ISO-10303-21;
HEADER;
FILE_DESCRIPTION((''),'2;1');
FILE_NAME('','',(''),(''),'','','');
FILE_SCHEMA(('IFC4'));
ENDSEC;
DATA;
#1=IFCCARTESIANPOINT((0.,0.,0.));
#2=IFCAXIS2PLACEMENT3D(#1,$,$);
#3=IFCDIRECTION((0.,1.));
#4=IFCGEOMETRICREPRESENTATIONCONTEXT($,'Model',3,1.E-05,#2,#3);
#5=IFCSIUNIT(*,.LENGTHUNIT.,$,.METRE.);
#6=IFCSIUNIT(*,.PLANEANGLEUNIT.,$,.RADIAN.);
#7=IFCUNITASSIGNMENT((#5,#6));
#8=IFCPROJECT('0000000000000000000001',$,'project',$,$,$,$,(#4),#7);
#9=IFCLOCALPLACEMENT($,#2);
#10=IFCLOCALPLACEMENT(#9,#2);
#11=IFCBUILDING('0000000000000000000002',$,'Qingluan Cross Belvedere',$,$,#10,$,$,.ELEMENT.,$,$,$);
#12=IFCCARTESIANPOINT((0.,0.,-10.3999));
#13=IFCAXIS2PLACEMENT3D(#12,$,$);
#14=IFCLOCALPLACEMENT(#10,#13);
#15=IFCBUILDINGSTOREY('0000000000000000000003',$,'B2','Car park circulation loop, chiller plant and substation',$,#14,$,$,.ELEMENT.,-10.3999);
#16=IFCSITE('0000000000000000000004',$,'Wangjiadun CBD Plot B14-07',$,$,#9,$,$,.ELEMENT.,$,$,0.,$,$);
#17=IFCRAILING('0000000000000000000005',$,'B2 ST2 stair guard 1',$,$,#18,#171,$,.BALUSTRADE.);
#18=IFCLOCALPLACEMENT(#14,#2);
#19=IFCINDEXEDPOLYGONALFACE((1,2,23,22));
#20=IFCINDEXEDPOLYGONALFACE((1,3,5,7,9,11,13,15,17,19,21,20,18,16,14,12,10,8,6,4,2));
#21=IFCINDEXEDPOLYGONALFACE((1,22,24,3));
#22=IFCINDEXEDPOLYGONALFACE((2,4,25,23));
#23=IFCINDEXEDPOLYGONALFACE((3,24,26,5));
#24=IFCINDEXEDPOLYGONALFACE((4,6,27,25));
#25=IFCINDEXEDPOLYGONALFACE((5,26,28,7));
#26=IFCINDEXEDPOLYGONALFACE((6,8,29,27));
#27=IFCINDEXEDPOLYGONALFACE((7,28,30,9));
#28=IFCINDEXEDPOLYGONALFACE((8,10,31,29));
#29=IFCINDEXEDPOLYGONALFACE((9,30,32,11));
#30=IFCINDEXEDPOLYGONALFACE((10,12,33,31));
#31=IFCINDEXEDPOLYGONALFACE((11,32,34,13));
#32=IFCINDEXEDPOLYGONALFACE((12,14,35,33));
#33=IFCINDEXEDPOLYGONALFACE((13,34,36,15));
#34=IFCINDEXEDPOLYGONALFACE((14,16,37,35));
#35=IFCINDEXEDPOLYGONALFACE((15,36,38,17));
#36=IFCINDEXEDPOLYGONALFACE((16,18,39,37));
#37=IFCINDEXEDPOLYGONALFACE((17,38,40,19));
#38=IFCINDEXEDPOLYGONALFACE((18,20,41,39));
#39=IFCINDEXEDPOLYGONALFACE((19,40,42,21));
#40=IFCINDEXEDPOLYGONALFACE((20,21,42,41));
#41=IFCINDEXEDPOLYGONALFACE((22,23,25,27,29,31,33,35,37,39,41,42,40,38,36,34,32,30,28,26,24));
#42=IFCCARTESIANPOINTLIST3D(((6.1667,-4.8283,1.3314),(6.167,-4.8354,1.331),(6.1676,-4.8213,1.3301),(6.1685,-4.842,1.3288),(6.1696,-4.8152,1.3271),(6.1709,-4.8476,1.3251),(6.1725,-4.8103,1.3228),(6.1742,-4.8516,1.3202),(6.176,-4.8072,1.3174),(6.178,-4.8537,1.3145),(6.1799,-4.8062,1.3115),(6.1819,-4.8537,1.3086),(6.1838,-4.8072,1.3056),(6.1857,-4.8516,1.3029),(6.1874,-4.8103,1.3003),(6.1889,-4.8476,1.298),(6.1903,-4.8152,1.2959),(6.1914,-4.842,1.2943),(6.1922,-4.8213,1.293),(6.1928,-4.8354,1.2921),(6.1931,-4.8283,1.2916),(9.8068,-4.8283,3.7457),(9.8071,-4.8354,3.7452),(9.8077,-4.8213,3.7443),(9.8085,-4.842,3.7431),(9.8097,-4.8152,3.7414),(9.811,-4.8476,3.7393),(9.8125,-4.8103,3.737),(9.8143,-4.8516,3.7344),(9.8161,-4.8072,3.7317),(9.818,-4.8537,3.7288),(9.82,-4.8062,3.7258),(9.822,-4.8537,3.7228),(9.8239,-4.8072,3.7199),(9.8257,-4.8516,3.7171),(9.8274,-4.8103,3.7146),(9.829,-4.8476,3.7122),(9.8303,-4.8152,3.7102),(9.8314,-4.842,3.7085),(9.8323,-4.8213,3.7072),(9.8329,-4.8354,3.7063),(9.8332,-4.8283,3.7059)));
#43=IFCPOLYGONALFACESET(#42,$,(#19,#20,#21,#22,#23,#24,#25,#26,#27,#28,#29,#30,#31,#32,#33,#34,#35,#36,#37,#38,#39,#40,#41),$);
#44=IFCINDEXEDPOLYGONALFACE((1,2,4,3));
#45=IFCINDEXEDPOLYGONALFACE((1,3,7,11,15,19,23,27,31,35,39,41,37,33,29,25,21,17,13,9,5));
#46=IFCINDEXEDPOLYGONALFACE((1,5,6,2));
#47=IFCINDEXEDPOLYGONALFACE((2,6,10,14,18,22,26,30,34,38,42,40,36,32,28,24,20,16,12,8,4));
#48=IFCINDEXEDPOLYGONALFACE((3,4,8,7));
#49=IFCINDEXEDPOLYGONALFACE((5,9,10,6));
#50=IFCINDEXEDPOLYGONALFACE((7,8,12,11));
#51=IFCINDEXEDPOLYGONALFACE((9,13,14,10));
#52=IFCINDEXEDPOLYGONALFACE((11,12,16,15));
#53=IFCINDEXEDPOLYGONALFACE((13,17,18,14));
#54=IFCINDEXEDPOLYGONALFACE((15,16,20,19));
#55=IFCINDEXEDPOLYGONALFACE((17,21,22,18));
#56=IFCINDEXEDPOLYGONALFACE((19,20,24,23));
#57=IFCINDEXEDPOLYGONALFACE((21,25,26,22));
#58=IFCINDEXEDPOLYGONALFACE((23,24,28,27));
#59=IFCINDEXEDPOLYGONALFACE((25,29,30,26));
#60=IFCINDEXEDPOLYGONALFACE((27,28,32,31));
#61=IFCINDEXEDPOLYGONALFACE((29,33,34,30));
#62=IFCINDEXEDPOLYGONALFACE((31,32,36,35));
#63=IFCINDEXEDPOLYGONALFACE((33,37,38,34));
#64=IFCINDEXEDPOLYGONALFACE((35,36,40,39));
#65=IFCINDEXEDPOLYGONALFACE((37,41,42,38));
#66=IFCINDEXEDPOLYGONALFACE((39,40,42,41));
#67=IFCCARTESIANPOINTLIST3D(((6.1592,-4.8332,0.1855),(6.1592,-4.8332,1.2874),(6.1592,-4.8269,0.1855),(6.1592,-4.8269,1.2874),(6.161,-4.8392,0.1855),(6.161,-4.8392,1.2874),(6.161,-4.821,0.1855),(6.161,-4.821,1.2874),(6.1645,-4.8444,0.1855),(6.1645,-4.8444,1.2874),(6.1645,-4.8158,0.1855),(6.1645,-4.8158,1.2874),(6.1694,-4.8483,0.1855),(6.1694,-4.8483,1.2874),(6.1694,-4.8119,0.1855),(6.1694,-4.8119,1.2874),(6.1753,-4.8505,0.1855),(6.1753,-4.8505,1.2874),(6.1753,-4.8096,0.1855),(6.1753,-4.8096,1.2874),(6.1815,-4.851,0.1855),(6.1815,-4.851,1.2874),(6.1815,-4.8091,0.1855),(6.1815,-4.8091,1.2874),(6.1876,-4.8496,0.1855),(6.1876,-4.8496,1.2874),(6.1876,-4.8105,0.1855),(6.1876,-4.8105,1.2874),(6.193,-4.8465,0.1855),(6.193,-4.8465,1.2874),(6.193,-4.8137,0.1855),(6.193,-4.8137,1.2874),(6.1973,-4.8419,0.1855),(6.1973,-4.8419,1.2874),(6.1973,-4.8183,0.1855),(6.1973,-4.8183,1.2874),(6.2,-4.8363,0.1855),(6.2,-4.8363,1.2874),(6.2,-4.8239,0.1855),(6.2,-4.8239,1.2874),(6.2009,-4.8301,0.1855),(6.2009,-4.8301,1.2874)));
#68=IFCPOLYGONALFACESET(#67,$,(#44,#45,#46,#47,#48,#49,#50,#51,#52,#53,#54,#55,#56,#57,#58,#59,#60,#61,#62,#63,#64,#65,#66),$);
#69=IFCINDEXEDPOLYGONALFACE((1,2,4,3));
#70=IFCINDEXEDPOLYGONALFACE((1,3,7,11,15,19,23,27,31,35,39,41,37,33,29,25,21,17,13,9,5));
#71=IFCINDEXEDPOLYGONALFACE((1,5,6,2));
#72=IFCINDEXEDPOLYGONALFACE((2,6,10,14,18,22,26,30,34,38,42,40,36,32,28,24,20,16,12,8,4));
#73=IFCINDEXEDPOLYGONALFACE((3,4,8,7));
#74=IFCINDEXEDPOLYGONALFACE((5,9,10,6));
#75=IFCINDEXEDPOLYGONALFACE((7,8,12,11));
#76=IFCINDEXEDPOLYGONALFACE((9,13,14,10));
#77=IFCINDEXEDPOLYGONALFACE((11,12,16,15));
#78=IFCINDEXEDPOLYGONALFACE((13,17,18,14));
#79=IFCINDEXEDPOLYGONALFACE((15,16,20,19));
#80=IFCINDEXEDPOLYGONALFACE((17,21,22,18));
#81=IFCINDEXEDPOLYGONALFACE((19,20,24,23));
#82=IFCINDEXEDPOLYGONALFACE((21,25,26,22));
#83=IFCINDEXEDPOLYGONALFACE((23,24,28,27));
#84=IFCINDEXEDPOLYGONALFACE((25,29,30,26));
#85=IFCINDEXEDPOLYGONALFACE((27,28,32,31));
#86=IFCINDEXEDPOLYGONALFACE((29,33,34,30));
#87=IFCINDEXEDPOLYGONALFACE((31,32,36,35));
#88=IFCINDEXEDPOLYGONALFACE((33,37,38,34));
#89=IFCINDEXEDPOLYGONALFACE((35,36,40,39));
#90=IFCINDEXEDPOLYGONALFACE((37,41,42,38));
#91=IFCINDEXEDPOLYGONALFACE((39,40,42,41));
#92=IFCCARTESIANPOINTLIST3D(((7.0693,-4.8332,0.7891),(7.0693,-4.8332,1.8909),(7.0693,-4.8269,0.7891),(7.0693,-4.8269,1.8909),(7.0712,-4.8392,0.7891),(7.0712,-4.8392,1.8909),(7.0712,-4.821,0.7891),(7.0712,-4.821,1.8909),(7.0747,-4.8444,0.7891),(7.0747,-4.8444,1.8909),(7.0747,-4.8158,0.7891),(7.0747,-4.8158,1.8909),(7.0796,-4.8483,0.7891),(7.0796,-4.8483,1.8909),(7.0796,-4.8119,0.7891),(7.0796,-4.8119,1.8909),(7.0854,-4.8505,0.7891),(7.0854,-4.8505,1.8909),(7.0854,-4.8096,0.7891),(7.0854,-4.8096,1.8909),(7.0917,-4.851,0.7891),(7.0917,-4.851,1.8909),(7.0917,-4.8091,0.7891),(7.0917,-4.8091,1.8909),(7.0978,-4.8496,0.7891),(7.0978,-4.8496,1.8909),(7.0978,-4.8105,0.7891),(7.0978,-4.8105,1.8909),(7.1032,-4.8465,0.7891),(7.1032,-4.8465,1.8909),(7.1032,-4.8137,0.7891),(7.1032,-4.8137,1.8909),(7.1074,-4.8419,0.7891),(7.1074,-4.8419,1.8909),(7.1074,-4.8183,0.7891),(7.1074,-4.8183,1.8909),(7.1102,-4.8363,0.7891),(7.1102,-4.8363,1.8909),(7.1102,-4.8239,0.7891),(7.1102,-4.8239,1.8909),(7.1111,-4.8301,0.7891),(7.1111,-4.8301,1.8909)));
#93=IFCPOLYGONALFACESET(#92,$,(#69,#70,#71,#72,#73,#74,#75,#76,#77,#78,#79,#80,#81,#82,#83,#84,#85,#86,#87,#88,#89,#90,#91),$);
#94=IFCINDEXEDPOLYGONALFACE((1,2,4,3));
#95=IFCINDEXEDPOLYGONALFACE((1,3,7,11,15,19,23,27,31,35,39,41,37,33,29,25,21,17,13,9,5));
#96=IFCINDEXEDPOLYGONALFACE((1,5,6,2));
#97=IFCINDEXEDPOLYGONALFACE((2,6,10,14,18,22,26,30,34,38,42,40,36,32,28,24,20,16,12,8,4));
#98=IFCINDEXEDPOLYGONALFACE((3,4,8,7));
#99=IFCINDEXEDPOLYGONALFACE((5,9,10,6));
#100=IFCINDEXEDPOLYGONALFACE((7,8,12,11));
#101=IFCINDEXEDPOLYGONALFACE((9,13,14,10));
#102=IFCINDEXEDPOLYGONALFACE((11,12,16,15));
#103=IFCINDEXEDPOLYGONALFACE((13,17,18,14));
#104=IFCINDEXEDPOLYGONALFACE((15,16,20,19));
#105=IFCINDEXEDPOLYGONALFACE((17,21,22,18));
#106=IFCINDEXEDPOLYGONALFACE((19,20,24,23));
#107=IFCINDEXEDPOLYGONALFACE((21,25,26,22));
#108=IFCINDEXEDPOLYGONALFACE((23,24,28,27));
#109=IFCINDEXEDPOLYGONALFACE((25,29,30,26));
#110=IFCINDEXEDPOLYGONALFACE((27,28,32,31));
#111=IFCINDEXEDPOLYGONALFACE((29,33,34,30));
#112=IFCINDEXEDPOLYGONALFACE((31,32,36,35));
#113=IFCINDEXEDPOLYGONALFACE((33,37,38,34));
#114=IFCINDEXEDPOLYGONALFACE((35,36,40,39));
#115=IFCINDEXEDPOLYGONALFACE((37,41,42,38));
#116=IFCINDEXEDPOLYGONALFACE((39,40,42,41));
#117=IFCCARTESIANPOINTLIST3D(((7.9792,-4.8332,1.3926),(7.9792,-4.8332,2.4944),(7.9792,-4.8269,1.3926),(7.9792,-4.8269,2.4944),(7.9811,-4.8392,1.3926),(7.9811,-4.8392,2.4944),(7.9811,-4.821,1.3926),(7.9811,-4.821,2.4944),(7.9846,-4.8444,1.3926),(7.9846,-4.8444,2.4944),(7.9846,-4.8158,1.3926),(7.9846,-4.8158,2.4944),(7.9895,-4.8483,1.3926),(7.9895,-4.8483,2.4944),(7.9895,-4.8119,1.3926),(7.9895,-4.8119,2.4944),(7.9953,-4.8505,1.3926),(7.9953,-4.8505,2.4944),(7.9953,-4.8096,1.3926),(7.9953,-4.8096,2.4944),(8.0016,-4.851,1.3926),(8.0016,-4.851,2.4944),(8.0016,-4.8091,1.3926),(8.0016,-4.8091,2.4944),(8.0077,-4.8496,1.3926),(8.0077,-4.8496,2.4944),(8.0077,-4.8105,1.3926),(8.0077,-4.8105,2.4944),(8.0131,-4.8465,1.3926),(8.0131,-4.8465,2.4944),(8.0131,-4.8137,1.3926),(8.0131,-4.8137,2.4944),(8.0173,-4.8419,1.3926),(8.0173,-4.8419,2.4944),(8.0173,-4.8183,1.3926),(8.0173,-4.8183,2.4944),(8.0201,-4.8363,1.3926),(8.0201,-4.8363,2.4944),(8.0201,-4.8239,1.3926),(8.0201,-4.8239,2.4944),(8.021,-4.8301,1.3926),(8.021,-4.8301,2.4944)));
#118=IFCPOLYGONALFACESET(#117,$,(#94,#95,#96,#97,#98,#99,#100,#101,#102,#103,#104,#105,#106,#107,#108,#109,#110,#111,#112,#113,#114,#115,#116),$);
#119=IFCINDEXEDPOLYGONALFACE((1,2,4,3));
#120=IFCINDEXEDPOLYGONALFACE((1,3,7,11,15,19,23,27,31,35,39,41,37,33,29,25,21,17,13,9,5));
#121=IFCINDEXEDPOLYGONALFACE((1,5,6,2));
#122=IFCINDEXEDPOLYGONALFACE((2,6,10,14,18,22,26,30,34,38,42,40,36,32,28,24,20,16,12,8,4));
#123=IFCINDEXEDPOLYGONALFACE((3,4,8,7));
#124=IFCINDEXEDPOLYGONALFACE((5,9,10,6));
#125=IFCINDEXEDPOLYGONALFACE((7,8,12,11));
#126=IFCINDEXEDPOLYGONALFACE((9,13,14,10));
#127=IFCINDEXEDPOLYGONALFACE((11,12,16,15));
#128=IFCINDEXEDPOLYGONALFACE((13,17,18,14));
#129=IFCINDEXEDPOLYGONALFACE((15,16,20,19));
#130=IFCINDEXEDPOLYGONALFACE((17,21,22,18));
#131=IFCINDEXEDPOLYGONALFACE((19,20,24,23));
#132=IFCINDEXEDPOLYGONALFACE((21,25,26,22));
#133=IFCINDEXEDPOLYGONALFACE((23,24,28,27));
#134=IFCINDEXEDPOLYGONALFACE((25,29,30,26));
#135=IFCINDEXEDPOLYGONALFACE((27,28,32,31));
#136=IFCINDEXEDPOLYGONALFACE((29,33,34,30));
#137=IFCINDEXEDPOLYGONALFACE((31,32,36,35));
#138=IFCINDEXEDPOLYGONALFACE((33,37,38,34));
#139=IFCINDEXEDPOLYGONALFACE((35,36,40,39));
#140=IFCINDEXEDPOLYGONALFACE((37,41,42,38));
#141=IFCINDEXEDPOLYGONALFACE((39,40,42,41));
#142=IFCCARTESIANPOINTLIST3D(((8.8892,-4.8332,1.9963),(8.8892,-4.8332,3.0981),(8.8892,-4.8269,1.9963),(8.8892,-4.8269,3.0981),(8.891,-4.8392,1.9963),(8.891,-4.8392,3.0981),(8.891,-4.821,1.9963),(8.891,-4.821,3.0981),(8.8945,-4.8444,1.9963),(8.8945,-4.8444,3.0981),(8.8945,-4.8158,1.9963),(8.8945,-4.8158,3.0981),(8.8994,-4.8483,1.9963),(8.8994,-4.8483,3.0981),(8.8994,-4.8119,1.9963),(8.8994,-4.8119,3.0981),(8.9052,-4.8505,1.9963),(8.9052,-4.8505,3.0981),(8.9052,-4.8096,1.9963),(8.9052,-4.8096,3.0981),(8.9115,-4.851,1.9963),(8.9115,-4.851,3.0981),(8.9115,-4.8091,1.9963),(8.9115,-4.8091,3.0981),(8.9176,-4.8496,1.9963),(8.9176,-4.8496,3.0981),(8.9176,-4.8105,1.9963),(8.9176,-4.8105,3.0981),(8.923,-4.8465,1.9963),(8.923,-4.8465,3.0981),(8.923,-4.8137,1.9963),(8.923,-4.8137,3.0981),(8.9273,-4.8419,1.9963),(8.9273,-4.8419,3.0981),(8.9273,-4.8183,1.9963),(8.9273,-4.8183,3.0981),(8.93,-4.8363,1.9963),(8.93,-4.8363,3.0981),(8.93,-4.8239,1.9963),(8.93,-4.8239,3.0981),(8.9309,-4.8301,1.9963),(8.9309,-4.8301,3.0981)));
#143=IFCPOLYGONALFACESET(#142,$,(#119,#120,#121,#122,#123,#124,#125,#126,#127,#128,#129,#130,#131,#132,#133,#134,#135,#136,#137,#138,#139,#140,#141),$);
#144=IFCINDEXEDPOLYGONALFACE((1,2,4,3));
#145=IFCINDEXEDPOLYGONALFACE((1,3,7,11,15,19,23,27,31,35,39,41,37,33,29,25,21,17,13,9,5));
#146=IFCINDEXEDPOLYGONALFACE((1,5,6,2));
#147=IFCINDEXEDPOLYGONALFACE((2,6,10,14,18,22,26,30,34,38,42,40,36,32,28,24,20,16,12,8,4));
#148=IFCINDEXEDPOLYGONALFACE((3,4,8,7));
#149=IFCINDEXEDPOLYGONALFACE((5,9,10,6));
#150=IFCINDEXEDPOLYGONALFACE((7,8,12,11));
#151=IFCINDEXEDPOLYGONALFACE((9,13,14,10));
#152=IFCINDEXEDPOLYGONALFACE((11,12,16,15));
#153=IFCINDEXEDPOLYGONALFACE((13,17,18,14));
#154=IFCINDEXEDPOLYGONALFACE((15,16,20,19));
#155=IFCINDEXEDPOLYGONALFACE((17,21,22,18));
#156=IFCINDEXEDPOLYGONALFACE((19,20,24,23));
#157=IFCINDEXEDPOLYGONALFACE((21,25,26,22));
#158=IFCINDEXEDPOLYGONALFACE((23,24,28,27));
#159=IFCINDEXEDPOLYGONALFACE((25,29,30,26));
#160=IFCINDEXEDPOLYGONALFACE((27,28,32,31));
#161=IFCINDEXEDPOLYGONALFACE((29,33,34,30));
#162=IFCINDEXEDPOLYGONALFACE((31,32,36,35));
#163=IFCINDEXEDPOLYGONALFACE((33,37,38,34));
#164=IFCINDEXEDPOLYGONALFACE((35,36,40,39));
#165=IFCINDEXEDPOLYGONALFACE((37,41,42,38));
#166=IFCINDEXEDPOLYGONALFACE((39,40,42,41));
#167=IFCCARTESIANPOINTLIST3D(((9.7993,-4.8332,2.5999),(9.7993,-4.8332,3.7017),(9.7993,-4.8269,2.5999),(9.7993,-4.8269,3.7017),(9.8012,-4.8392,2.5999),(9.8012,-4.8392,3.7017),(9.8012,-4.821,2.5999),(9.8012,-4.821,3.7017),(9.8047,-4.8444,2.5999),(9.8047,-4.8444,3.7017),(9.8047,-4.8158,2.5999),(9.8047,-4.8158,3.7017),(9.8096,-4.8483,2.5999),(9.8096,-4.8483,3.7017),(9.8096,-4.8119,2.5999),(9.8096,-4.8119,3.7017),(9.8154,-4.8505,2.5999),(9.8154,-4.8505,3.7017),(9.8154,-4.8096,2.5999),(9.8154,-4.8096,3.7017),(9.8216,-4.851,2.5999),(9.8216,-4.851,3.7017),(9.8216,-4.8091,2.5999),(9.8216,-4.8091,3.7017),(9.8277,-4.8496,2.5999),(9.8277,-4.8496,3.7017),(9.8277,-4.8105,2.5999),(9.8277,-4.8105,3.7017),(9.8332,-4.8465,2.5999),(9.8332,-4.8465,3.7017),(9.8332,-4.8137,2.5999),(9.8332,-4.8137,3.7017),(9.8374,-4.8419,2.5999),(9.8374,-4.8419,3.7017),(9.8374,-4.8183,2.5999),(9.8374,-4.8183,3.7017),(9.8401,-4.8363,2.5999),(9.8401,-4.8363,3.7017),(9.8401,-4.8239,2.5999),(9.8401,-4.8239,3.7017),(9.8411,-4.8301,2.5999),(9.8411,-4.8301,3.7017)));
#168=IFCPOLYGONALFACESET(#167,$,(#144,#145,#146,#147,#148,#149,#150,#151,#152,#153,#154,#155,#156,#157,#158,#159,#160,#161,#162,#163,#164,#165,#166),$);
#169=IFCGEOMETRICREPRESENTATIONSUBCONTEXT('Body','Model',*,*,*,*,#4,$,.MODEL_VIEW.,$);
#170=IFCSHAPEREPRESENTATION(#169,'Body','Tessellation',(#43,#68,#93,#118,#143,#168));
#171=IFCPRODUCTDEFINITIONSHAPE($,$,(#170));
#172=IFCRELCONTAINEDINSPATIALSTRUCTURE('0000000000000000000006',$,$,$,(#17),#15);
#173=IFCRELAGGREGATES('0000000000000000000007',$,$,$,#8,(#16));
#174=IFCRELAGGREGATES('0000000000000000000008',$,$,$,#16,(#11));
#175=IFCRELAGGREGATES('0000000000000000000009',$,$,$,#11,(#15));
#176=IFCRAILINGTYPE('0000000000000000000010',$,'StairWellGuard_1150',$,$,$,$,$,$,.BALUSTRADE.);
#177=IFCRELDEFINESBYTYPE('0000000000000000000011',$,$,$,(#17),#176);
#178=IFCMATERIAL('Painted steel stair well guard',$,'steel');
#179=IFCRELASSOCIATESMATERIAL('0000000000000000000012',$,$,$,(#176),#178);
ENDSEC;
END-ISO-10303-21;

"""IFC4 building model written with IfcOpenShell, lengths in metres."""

from ifc_helpers import new_model, si_unit, direction, frame, origin, origin_2d, place, context, subcontext, project, spatial, circle, extrude, material, type_object, element, save


model = new_model("IFC4")

# Units and contexts
model_context = context("Model", 3, precision=1e-05, world=origin(), true_north=direction((0.0, 1.0)))
body_context = subcontext(model_context, "Body", "Model", "MODEL_VIEW")
ifc_project = project(units=[si_unit("LENGTHUNIT", "METRE"), si_unit("PLANEANGLEUNIT", "RADIAN")], contexts=[model_context])

# Site, building, storey
site_placement = place(None, origin())
site = spatial("IfcSite", under=ifc_project, at=site_placement, Name="Wangjiadun CBD Plot B14-07", CompositionType="ELEMENT", RefElevation=0.0)
building_placement = place(site_placement, origin())
building = spatial("IfcBuilding", under=site, at=building_placement, Name="Qingluan Cross Belvedere", CompositionType="ELEMENT")
storey_placement = place(building_placement, frame((0.0, 0.0, -10.3999)))
storey = spatial("IfcBuildingStorey", under=building, at=storey_placement, Name="B2", Description="Car park circulation loop, chiller plant and substation", CompositionType="ELEMENT", Elevation=-10.3999)

# Railing
ifc_material_1 = material(Name="Painted steel stair well guard", Category="steel")
railing_type_1 = type_object("IfcRailingType", Name="StairWellGuard_1150", PredefinedType="BALUSTRADE", material=ifc_material_1)
railing_1_placement = place(storey_placement, frame((6.1799, -4.8301, 0.1855)))
element("IfcRailing", 1, at=railing_1_placement, inside=storey, type_object=railing_type_1, Name="B2 ST2 stair guard 1", PredefinedType="BALUSTRADE", context=body_context, shape_type="SweptSolid", body=[
    extrude(circle(Radius=0.0239, at=origin_2d()), frame((0.0, 0.0, 1.126), z_axis=(0.833364, 0.0, 0.552725), x_axis=(0.0, 1.0, 0.0)), (0.0, 0.0, 1.0), 4.3679),
    extrude(circle(Radius=0.021, at=origin_2d()), origin(), (0.0, 0.0, 1.0), 1.1018),
    extrude(circle(Radius=0.021, at=origin_2d()), frame((0.9102, 0.0, 0.6035)), (0.0, 0.0, 1.0), 1.1018),
    extrude(circle(Radius=0.021, at=origin_2d()), frame((1.8201, 0.0, 1.207)), (0.0, 0.0, 1.0), 1.1018),
    extrude(circle(Radius=0.021, at=origin_2d()), frame((2.73, 0.0, 1.8108)), (0.0, 0.0, 1.0), 1.1018),
    extrude(circle(Radius=0.021, at=origin_2d()), frame((3.6401, 0.0, 2.4143)), (0.0, 0.0, 1.0), 1.1018),
])

save(model, "model.ifc")
